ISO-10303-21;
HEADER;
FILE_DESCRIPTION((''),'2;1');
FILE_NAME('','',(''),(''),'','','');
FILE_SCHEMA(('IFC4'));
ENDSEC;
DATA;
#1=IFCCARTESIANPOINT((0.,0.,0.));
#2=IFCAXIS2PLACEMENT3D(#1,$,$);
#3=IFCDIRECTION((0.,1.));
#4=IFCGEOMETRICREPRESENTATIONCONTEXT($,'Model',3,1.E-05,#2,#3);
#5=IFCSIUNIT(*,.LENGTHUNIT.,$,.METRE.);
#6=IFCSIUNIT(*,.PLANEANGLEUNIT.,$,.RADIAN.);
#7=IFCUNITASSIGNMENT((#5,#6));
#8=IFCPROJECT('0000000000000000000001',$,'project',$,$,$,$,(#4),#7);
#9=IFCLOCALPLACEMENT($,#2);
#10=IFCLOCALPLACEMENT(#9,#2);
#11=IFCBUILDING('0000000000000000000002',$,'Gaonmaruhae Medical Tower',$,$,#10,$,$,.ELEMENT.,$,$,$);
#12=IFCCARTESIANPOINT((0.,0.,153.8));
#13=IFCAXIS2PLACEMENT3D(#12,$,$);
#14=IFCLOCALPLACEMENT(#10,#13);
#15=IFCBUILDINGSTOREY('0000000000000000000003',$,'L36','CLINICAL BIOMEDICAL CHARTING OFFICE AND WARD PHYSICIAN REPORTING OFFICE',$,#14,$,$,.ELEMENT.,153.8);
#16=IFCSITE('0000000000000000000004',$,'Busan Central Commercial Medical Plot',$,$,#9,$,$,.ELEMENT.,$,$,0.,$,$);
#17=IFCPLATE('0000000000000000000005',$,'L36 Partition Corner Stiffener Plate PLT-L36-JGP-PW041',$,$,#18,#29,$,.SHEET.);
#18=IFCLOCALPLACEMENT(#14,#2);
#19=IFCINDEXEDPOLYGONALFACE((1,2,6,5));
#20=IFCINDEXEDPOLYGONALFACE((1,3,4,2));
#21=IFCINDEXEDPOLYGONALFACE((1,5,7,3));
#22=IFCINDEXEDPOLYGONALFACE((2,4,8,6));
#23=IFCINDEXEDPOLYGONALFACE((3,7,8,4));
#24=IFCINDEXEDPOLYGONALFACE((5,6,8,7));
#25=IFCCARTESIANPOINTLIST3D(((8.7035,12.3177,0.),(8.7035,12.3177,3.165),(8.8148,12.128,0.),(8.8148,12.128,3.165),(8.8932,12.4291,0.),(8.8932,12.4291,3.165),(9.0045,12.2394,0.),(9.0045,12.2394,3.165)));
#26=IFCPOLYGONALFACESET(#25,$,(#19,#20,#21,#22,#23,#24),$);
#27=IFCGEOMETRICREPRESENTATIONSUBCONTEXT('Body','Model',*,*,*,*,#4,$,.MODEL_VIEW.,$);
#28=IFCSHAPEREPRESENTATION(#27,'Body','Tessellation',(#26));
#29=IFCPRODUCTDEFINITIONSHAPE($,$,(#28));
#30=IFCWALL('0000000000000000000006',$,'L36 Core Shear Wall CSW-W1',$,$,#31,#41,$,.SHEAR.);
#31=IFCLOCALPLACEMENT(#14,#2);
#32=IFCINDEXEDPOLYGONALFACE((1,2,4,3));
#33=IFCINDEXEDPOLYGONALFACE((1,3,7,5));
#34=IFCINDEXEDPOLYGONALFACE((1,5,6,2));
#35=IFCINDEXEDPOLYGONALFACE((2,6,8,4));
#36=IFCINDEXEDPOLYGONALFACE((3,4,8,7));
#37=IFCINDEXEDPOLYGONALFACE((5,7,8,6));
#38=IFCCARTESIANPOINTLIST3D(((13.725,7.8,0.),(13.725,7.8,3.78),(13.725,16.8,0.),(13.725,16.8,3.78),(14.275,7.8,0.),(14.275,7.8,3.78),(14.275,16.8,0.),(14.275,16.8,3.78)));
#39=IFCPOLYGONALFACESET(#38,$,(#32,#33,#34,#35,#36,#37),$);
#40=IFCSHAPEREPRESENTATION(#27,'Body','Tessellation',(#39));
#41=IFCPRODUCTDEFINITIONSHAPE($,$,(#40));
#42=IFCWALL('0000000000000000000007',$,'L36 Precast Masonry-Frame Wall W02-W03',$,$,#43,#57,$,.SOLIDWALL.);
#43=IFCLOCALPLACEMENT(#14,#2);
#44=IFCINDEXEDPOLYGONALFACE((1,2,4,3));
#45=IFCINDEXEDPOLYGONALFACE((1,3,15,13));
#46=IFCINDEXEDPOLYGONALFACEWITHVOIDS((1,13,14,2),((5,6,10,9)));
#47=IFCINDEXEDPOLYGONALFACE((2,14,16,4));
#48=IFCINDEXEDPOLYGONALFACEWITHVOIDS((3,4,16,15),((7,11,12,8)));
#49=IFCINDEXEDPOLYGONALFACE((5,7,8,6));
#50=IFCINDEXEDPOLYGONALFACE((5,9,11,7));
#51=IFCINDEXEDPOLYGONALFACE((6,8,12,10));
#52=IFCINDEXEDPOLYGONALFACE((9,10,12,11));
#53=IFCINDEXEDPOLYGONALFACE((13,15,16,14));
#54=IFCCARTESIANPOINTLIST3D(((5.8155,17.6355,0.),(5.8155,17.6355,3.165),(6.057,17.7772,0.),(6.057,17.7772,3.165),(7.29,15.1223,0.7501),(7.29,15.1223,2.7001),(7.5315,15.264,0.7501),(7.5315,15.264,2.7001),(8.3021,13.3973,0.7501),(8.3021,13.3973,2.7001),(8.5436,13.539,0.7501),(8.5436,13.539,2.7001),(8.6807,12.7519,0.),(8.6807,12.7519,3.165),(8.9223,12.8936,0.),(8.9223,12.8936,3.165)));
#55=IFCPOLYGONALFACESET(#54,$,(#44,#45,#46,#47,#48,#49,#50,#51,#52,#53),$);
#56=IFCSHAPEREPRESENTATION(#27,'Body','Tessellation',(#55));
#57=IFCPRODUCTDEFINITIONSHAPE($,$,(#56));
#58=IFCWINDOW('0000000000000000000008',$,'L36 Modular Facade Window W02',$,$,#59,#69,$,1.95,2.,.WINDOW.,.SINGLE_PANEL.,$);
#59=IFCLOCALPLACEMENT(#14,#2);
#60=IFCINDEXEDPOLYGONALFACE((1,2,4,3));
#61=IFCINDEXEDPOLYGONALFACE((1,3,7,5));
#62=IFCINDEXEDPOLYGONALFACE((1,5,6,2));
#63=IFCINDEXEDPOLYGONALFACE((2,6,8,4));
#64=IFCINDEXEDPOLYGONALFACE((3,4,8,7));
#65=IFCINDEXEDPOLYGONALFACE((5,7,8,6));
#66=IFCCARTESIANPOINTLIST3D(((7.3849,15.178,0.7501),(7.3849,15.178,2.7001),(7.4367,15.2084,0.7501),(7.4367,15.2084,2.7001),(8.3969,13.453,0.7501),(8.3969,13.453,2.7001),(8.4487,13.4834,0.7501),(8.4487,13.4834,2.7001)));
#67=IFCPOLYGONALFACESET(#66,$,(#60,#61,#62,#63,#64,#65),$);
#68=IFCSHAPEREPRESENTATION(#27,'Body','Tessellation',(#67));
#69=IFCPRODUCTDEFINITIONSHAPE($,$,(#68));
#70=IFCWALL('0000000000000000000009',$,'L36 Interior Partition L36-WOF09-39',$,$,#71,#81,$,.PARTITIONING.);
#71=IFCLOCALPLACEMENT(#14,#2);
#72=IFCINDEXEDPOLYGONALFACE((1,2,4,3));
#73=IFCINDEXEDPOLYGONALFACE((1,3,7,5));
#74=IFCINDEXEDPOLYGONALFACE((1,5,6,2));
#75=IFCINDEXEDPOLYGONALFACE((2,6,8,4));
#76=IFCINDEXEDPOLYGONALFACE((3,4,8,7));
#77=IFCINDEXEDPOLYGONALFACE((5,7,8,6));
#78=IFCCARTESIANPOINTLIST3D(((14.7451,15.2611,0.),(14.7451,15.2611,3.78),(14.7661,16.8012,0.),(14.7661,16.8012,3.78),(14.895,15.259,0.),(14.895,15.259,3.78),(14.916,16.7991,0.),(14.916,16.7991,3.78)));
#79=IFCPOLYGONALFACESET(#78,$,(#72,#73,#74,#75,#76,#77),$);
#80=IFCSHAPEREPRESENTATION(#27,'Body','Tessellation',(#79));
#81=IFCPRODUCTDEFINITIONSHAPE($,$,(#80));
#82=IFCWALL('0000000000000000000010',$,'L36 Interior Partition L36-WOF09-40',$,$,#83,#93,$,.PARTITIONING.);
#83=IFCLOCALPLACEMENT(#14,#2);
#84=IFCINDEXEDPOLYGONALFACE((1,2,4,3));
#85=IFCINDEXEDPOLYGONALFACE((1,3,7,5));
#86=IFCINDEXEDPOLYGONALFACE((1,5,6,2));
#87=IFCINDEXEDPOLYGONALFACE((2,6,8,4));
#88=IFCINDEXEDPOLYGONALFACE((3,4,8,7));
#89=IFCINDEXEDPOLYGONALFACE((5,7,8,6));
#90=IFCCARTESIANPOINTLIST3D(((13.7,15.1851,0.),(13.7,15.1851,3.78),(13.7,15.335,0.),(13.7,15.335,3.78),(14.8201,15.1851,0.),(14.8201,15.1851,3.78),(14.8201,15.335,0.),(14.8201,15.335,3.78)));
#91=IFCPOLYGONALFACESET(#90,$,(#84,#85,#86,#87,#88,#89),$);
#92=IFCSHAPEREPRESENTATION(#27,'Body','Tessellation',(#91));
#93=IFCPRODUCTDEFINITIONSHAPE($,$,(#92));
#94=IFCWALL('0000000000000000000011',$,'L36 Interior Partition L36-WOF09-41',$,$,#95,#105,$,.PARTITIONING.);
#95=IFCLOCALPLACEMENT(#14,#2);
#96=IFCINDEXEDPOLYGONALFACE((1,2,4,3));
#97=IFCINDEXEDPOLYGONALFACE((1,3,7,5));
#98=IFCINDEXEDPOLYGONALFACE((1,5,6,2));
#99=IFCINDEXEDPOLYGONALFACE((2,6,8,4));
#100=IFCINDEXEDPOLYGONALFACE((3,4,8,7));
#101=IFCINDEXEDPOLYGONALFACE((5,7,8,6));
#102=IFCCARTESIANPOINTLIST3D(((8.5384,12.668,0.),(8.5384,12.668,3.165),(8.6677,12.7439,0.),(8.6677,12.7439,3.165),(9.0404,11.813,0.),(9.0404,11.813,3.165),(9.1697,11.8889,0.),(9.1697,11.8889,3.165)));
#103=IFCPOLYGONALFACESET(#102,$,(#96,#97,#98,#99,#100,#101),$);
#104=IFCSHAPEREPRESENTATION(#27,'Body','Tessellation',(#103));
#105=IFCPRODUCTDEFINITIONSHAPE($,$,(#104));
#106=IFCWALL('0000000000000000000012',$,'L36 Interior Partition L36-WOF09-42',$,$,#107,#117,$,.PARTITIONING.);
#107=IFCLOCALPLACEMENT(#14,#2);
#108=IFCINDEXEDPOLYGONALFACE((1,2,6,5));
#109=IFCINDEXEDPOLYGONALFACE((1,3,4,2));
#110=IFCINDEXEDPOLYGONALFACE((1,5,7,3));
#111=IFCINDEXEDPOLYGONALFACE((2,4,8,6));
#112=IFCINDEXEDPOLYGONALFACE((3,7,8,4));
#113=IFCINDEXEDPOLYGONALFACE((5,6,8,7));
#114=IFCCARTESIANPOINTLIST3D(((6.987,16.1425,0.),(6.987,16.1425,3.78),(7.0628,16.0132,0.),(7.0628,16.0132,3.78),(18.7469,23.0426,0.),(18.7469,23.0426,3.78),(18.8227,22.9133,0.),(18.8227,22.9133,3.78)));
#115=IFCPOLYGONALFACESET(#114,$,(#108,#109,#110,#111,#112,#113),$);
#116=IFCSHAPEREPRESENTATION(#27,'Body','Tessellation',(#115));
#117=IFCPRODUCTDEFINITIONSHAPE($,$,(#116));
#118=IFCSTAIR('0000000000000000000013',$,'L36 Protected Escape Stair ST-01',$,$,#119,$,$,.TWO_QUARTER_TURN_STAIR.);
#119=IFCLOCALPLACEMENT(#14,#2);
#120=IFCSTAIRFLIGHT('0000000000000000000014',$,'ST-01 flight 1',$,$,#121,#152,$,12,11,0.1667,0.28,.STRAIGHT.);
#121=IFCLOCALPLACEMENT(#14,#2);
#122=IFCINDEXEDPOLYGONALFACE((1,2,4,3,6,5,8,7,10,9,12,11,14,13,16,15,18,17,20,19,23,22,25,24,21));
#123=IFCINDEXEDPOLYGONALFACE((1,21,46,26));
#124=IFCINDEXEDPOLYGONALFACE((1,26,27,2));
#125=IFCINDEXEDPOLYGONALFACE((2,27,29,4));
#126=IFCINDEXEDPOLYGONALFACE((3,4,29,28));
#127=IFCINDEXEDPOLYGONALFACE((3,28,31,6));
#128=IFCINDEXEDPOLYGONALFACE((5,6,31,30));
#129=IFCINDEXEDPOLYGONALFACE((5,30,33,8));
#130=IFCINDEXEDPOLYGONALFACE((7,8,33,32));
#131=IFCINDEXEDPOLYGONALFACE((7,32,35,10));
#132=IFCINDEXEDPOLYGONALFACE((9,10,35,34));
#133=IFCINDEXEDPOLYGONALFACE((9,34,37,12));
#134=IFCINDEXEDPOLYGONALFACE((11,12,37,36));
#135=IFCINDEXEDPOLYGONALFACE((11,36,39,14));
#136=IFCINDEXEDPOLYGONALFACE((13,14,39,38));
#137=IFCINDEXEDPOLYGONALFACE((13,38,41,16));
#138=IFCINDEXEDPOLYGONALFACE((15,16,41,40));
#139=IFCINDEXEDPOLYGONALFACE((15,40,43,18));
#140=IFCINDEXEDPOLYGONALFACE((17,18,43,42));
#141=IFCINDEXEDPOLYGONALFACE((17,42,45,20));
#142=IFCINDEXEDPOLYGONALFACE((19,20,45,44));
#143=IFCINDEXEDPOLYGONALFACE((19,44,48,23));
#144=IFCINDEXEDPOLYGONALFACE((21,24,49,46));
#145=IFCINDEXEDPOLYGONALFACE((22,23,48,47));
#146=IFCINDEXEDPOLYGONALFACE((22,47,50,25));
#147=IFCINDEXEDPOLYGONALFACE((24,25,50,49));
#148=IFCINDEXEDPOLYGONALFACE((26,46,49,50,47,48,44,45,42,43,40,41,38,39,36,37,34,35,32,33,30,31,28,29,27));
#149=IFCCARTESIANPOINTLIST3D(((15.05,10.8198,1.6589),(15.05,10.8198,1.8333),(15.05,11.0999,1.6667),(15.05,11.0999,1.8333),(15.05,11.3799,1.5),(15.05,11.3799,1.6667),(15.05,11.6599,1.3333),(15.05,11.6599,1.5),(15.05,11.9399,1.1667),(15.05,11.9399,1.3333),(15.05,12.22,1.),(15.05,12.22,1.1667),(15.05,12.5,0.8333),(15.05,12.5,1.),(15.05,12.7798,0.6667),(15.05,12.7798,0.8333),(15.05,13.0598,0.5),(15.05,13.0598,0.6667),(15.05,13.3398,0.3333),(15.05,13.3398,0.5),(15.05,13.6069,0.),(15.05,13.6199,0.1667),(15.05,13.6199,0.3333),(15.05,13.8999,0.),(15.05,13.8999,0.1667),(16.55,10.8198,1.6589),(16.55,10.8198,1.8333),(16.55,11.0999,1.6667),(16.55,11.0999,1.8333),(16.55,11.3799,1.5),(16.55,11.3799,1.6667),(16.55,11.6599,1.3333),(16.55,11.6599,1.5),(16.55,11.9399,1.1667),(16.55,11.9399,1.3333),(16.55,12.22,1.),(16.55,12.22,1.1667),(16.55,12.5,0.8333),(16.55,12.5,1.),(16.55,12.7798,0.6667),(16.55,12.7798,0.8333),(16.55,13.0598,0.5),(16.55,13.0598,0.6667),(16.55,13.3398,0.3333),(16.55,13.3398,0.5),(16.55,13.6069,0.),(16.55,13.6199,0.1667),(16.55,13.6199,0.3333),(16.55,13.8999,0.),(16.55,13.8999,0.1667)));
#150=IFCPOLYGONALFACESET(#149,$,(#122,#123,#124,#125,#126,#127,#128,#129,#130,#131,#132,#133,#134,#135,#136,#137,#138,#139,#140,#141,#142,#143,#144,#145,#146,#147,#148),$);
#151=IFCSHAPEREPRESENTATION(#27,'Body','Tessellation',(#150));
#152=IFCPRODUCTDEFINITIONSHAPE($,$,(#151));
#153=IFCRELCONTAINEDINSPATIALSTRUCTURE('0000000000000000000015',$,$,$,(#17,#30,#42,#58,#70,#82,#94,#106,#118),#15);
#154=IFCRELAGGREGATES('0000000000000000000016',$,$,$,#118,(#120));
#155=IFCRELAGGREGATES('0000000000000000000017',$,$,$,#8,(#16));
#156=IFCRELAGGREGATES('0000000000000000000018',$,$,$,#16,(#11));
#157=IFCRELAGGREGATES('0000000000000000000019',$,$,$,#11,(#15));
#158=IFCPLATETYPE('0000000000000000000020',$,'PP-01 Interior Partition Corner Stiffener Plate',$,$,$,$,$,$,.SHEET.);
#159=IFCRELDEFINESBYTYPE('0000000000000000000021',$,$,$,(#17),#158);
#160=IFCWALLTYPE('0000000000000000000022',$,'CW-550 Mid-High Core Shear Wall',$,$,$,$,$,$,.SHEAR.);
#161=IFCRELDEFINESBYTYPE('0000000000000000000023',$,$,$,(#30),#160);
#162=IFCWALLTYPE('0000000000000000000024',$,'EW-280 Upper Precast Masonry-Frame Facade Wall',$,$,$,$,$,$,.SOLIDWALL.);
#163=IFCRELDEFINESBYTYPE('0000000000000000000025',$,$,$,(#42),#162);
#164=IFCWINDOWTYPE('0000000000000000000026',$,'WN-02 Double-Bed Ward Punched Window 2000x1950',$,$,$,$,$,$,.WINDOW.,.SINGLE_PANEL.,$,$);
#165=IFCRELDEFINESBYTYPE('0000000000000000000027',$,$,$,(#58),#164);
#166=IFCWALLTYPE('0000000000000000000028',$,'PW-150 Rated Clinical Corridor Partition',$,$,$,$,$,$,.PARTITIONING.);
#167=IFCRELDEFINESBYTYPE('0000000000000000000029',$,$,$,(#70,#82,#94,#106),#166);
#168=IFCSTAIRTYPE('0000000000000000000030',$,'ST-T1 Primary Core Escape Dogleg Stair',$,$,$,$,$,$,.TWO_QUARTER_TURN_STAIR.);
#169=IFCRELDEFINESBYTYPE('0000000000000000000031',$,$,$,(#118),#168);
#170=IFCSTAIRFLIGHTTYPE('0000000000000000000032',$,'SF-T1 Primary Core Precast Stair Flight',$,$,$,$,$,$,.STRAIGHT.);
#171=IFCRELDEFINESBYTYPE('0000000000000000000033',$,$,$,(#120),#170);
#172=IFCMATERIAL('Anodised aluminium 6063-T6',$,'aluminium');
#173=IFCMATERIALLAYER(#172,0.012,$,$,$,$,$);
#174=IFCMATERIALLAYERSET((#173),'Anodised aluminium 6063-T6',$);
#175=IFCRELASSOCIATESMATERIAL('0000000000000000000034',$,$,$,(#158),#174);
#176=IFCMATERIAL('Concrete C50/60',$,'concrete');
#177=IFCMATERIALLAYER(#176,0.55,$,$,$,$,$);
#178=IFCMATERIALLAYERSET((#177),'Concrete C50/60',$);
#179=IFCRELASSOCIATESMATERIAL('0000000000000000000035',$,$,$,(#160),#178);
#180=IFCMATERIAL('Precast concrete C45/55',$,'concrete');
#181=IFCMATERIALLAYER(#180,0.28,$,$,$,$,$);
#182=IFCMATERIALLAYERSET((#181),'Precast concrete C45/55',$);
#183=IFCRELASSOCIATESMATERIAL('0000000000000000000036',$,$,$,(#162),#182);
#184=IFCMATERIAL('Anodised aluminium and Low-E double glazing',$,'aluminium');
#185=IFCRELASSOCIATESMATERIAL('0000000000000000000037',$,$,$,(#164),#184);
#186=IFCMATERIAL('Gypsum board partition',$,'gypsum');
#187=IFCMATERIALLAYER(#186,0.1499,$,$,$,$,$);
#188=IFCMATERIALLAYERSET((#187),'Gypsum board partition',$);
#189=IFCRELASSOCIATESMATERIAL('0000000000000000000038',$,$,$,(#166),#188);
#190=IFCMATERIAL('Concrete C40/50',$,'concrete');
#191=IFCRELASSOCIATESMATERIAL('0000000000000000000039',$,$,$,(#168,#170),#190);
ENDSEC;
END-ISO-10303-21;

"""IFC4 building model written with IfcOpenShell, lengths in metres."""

from ifc_helpers import new_model, si_unit, direction, frame, frame_2d, origin, origin_2d, place, context, subcontext, project, spatial, polyline, rectangle, outline, extrude, material, layer, layer_set, type_object, element, fill, aggregate, save


model = new_model("IFC4")

# Units and contexts
model_context = context("Model", 3, precision=1e-05, world=origin(), true_north=direction((0.0, 1.0)))
body_context = subcontext(model_context, "Body", "Model", "MODEL_VIEW")
ifc_project = project(units=[si_unit("LENGTHUNIT", "METRE"), si_unit("PLANEANGLEUNIT", "RADIAN")], contexts=[model_context])

# Site, building, storey
site_placement = place(None, origin())
site = spatial("IfcSite", under=ifc_project, at=site_placement, Name="Busan Central Commercial Medical Plot", CompositionType="ELEMENT", RefElevation=0.0)
building_placement = place(site_placement, origin())
building = spatial("IfcBuilding", under=site, at=building_placement, Name="Gaonmaruhae Medical Tower", CompositionType="ELEMENT")
storey_placement = place(building_placement, frame((0.0, 0.0, 153.8)))
storey = spatial("IfcBuildingStorey", under=building, at=storey_placement, Name="L36", Description="CLINICAL BIOMEDICAL CHARTING OFFICE AND WARD PHYSICIAN REPORTING OFFICE", CompositionType="ELEMENT", Elevation=153.8)

# Shared definitions
ifc_material_1 = material(Name="Concrete C50/60", Category="concrete")

# Plate
ifc_material_2 = material(Name="Anodised aluminium 6063-T6", Category="aluminium")
ifc_layer_1 = layer(ifc_material_2, 0.012)
ifc_layer_set_1 = layer_set([ifc_layer_1], Name="Anodised aluminium 6063-T6")
plate_type = type_object("IfcPlateType", Name="PP-01 Interior Partition Corner Stiffener Plate", PredefinedType="SHEET", material=ifc_layer_set_1)
plate_placement = place(storey_placement, frame((8.854, 12.2786, 0.0), z_axis=(0.0, 0.0, 1.0), x_axis=(-0.50632, 0.862346, 0.0)))
element("IfcPlate", 1, at=plate_placement, inside=storey, type_object=plate_type, Name="L36 Partition Corner Stiffener Plate PLT-L36-JGP-PW041", PredefinedType="SHEET", context=body_context, shape_type="SweptSolid", body=[
    extrude(rectangle(XDim=0.22, YDim=0.22, at=origin_2d()), origin(), (0.0, 0.0, 1.0), 3.165),
])

# Wall
ifc_layer_2 = layer(ifc_material_1, 0.55)
ifc_layer_set_2 = layer_set([ifc_layer_2], Name="Concrete C50/60")
wall_type_1 = type_object("IfcWallType", Name="CW-550 Mid-High Core Shear Wall", PredefinedType="SHEAR", material=ifc_layer_set_2)
wall_1_placement = place(storey_placement, frame((14.0, 16.8, 0.0), z_axis=(0.0, 0.0, 1.0), x_axis=(0.0, -1.0, 0.0)))
element("IfcWall", 2, at=wall_1_placement, inside=storey, type_object=wall_type_1, Name="L36 Core Shear Wall CSW-W1", PredefinedType="SHEAR", context=body_context, shape_type="SweptSolid", body=[
    extrude(rectangle(XDim=9.0, YDim=0.55, at=frame_2d((4.5, 0.0))), origin(), (0.0, 0.0, 1.0), 3.78),
])

# Wall, opening, window
ifc_material_3 = material(Name="Precast concrete C45/55", Category="concrete")
ifc_layer_3 = layer(ifc_material_3, 0.28)
ifc_layer_set_3 = layer_set([ifc_layer_3], Name="Precast concrete C45/55")
wall_type_2 = type_object("IfcWallType", Name="EW-280 Upper Precast Masonry-Frame Facade Wall", PredefinedType="SOLIDWALL", material=ifc_layer_set_3)
wall_2_placement = place(storey_placement, frame((8.8015, 12.8228, 0.0), z_axis=(0.0, 0.0, 1.0), x_axis=(-0.506044, 0.862508, 0.0)))
wall_2 = element("IfcWall", 3, at=wall_2_placement, inside=storey, type_object=wall_type_2, Name="L36 Precast Masonry-Frame Wall W02-W03", PredefinedType="SOLIDWALL", context=body_context, shape_type="SweptSolid", body=[
    extrude(rectangle(XDim=5.6621, YDim=0.28, at=frame_2d((2.8311, 0.0))), origin(), (0.0, 0.0, 1.0), 3.165),
])
opening_1_placement = place(wall_2_placement, frame((0.7483, 0.0, 0.75)))
opening_1 = element("IfcOpeningElement", 4, at=opening_1_placement, cuts=wall_2, PredefinedType="OPENING", context=body_context, shape_type="SweptSolid", body=[
    extrude(rectangle(XDim=2.0, YDim=1.95, at=frame_2d((1.0, 0.9751))), frame((0.0, 0.1499, 0.0), z_axis=(0.0, -1.0, 0.0), x_axis=(1.0, 0.0, 0.0)), (0.0, 0.0, 1.0), 0.3),
])
ifc_material_4 = material(Name="Anodised aluminium and Low-E double glazing", Category="aluminium")
window_type = type_object("IfcWindowType", Name="WN-02 Double-Bed Ward Punched Window 2000x1950", PartitioningType="SINGLE_PANEL", PredefinedType="WINDOW", material=ifc_material_4)
window_placement = place(opening_1_placement, origin())
window = element("IfcWindow", 5, at=window_placement, inside=storey, type_object=window_type, Name="L36 Modular Facade Window W02", OverallHeight=1.95, OverallWidth=2.0, PartitioningType="SINGLE_PANEL", PredefinedType="WINDOW", context=body_context, shape_type="SweptSolid", body=[
    extrude(rectangle(XDim=2.0, YDim=1.95, at=frame_2d((1.0, 0.9751))), frame((0.0, 0.03, 0.0), z_axis=(0.0, -1.0, 0.0), x_axis=(1.0, 0.0, 0.0)), (0.0, 0.0, 1.0), 0.0601),
])
fill(opening_1, window)

# Walls
ifc_material_5 = material(Name="Gypsum board partition", Category="gypsum")
ifc_layer_4 = layer(ifc_material_5, 0.1499)
ifc_layer_set_4 = layer_set([ifc_layer_4], Name="Gypsum board partition")
wall_type_3 = type_object("IfcWallType", Name="PW-150 Rated Clinical Corridor Partition", PredefinedType="PARTITIONING", material=ifc_layer_set_4)
wall_3_placement = place(storey_placement, frame((14.8411, 16.8, 0.0), z_axis=(0.0, 0.0, 1.0), x_axis=(-0.013632, -0.999907, 0.0)))
element("IfcWall", 6, at=wall_3_placement, inside=storey, type_object=wall_type_3, Name="L36 Interior Partition L36-WOF09-39", PredefinedType="PARTITIONING", context=body_context, shape_type="SweptSolid", body=[
    extrude(rectangle(XDim=1.5403, YDim=0.1499, at=frame_2d((0.77, 0.0))), origin(), (0.0, 0.0, 1.0), 3.78),
])
wall_4_placement = place(storey_placement, frame((14.8201, 15.26, 0.0), z_axis=(0.0, 0.0, 1.0), x_axis=(-1.0, 0.0, 0.0)))
element("IfcWall", 7, at=wall_4_placement, inside=storey, type_object=wall_type_3, Name="L36 Interior Partition L36-WOF09-40", PredefinedType="PARTITIONING", context=body_context, shape_type="SweptSolid", body=[
    extrude(rectangle(XDim=1.1201, YDim=0.1499, at=frame_2d((0.5601, 0.0))), origin(), (0.0, 0.0, 1.0), 3.78),
])
wall_5_placement = place(storey_placement, frame((9.105, 11.8511, 0.0), z_axis=(0.0, 0.0, 1.0), x_axis=(-0.506288, 0.862364, 0.0)))
element("IfcWall", 8, at=wall_5_placement, inside=storey, type_object=wall_type_3, Name="L36 Interior Partition L36-WOF09-41", PredefinedType="PARTITIONING", context=body_context, shape_type="SweptSolid", body=[
    extrude(rectangle(XDim=0.9915, YDim=0.1499, at=frame_2d((0.4956, 0.0))), origin(), (0.0, 0.0, 1.0), 3.165),
])
wall_6_placement = place(storey_placement, frame((7.0249, 16.0779, 0.0), z_axis=(0.0, 0.0, 1.0), x_axis=(0.862495, 0.506066, 0.0)))
element("IfcWall", 9, at=wall_6_placement, inside=storey, type_object=wall_type_3, Name="L36 Interior Partition L36-WOF09-42", PredefinedType="PARTITIONING", context=body_context, shape_type="SweptSolid", body=[
    extrude(rectangle(XDim=13.6348, YDim=0.1499, at=frame_2d((6.8174, 0.0))), origin(), (0.0, 0.0, 1.0), 3.78),
])

# Stair, stair flight
ifc_material_6 = material(Name="Concrete C40/50", Category="concrete")
stair_type = type_object("IfcStairType", Name="ST-T1 Primary Core Escape Dogleg Stair", PredefinedType="TWO_QUARTER_TURN_STAIR", material=ifc_material_6)
stair_placement = place(storey_placement, origin())
stair = element("IfcStair", 10, at=stair_placement, inside=storey, type_object=stair_type, Name="L36 Protected Escape Stair ST-01", PredefinedType="TWO_QUARTER_TURN_STAIR")
stair_flight_type = type_object("IfcStairFlightType", Name="SF-T1 Primary Core Precast Stair Flight", PredefinedType="STRAIGHT", material=ifc_material_6)
stair_flight_1_placement = place(storey_placement, frame((15.8, 13.8999, 0.0), z_axis=(0.0, 0.0, 1.0), x_axis=(0.0, -1.0, 0.0)))
stair_flight_1 = element("IfcStairFlight", 11, at=stair_flight_1_placement, type_object=stair_flight_type, Name="ST-01 flight 1", NumberOfRisers=12, NumberOfTreads=11, PredefinedType="STRAIGHT", RiserHeight=0.1667, TreadLength=0.28, context=body_context, shape_type="SweptSolid", body=[
    extrude(outline(polyline([(0.0, 0.0), (0.0, 0.1667), (0.28, 0.1667), (0.28, 0.3333), (0.5601, 0.3333), (0.5601, 0.5), (0.8401, 0.5), (0.8401, 0.6667), (1.1201, 0.6667), (1.1201, 0.8333), (1.3999, 0.8333), (1.3999, 1.0), (1.6799, 1.0), (1.6799, 1.1667), (1.96, 1.1667), (1.96, 1.3333), (2.24, 1.3333), (2.24, 1.5), (2.52, 1.5), (2.52, 1.6667), (2.8, 1.6667), (2.8, 1.8333), (3.0801, 1.8333), (3.0801, 2.0), (3.0801, 1.6589), (0.293, 0.0), (0.0, 0.0)])), frame((0.0, 0.75, 0.0), z_axis=(0.0, -1.0, 0.0), x_axis=(1.0, 0.0, 0.0)), (0.0, 0.0, 1.0), 1.5),
])
aggregate(stair, [stair_flight_1])

save(model, "model.ifc")
